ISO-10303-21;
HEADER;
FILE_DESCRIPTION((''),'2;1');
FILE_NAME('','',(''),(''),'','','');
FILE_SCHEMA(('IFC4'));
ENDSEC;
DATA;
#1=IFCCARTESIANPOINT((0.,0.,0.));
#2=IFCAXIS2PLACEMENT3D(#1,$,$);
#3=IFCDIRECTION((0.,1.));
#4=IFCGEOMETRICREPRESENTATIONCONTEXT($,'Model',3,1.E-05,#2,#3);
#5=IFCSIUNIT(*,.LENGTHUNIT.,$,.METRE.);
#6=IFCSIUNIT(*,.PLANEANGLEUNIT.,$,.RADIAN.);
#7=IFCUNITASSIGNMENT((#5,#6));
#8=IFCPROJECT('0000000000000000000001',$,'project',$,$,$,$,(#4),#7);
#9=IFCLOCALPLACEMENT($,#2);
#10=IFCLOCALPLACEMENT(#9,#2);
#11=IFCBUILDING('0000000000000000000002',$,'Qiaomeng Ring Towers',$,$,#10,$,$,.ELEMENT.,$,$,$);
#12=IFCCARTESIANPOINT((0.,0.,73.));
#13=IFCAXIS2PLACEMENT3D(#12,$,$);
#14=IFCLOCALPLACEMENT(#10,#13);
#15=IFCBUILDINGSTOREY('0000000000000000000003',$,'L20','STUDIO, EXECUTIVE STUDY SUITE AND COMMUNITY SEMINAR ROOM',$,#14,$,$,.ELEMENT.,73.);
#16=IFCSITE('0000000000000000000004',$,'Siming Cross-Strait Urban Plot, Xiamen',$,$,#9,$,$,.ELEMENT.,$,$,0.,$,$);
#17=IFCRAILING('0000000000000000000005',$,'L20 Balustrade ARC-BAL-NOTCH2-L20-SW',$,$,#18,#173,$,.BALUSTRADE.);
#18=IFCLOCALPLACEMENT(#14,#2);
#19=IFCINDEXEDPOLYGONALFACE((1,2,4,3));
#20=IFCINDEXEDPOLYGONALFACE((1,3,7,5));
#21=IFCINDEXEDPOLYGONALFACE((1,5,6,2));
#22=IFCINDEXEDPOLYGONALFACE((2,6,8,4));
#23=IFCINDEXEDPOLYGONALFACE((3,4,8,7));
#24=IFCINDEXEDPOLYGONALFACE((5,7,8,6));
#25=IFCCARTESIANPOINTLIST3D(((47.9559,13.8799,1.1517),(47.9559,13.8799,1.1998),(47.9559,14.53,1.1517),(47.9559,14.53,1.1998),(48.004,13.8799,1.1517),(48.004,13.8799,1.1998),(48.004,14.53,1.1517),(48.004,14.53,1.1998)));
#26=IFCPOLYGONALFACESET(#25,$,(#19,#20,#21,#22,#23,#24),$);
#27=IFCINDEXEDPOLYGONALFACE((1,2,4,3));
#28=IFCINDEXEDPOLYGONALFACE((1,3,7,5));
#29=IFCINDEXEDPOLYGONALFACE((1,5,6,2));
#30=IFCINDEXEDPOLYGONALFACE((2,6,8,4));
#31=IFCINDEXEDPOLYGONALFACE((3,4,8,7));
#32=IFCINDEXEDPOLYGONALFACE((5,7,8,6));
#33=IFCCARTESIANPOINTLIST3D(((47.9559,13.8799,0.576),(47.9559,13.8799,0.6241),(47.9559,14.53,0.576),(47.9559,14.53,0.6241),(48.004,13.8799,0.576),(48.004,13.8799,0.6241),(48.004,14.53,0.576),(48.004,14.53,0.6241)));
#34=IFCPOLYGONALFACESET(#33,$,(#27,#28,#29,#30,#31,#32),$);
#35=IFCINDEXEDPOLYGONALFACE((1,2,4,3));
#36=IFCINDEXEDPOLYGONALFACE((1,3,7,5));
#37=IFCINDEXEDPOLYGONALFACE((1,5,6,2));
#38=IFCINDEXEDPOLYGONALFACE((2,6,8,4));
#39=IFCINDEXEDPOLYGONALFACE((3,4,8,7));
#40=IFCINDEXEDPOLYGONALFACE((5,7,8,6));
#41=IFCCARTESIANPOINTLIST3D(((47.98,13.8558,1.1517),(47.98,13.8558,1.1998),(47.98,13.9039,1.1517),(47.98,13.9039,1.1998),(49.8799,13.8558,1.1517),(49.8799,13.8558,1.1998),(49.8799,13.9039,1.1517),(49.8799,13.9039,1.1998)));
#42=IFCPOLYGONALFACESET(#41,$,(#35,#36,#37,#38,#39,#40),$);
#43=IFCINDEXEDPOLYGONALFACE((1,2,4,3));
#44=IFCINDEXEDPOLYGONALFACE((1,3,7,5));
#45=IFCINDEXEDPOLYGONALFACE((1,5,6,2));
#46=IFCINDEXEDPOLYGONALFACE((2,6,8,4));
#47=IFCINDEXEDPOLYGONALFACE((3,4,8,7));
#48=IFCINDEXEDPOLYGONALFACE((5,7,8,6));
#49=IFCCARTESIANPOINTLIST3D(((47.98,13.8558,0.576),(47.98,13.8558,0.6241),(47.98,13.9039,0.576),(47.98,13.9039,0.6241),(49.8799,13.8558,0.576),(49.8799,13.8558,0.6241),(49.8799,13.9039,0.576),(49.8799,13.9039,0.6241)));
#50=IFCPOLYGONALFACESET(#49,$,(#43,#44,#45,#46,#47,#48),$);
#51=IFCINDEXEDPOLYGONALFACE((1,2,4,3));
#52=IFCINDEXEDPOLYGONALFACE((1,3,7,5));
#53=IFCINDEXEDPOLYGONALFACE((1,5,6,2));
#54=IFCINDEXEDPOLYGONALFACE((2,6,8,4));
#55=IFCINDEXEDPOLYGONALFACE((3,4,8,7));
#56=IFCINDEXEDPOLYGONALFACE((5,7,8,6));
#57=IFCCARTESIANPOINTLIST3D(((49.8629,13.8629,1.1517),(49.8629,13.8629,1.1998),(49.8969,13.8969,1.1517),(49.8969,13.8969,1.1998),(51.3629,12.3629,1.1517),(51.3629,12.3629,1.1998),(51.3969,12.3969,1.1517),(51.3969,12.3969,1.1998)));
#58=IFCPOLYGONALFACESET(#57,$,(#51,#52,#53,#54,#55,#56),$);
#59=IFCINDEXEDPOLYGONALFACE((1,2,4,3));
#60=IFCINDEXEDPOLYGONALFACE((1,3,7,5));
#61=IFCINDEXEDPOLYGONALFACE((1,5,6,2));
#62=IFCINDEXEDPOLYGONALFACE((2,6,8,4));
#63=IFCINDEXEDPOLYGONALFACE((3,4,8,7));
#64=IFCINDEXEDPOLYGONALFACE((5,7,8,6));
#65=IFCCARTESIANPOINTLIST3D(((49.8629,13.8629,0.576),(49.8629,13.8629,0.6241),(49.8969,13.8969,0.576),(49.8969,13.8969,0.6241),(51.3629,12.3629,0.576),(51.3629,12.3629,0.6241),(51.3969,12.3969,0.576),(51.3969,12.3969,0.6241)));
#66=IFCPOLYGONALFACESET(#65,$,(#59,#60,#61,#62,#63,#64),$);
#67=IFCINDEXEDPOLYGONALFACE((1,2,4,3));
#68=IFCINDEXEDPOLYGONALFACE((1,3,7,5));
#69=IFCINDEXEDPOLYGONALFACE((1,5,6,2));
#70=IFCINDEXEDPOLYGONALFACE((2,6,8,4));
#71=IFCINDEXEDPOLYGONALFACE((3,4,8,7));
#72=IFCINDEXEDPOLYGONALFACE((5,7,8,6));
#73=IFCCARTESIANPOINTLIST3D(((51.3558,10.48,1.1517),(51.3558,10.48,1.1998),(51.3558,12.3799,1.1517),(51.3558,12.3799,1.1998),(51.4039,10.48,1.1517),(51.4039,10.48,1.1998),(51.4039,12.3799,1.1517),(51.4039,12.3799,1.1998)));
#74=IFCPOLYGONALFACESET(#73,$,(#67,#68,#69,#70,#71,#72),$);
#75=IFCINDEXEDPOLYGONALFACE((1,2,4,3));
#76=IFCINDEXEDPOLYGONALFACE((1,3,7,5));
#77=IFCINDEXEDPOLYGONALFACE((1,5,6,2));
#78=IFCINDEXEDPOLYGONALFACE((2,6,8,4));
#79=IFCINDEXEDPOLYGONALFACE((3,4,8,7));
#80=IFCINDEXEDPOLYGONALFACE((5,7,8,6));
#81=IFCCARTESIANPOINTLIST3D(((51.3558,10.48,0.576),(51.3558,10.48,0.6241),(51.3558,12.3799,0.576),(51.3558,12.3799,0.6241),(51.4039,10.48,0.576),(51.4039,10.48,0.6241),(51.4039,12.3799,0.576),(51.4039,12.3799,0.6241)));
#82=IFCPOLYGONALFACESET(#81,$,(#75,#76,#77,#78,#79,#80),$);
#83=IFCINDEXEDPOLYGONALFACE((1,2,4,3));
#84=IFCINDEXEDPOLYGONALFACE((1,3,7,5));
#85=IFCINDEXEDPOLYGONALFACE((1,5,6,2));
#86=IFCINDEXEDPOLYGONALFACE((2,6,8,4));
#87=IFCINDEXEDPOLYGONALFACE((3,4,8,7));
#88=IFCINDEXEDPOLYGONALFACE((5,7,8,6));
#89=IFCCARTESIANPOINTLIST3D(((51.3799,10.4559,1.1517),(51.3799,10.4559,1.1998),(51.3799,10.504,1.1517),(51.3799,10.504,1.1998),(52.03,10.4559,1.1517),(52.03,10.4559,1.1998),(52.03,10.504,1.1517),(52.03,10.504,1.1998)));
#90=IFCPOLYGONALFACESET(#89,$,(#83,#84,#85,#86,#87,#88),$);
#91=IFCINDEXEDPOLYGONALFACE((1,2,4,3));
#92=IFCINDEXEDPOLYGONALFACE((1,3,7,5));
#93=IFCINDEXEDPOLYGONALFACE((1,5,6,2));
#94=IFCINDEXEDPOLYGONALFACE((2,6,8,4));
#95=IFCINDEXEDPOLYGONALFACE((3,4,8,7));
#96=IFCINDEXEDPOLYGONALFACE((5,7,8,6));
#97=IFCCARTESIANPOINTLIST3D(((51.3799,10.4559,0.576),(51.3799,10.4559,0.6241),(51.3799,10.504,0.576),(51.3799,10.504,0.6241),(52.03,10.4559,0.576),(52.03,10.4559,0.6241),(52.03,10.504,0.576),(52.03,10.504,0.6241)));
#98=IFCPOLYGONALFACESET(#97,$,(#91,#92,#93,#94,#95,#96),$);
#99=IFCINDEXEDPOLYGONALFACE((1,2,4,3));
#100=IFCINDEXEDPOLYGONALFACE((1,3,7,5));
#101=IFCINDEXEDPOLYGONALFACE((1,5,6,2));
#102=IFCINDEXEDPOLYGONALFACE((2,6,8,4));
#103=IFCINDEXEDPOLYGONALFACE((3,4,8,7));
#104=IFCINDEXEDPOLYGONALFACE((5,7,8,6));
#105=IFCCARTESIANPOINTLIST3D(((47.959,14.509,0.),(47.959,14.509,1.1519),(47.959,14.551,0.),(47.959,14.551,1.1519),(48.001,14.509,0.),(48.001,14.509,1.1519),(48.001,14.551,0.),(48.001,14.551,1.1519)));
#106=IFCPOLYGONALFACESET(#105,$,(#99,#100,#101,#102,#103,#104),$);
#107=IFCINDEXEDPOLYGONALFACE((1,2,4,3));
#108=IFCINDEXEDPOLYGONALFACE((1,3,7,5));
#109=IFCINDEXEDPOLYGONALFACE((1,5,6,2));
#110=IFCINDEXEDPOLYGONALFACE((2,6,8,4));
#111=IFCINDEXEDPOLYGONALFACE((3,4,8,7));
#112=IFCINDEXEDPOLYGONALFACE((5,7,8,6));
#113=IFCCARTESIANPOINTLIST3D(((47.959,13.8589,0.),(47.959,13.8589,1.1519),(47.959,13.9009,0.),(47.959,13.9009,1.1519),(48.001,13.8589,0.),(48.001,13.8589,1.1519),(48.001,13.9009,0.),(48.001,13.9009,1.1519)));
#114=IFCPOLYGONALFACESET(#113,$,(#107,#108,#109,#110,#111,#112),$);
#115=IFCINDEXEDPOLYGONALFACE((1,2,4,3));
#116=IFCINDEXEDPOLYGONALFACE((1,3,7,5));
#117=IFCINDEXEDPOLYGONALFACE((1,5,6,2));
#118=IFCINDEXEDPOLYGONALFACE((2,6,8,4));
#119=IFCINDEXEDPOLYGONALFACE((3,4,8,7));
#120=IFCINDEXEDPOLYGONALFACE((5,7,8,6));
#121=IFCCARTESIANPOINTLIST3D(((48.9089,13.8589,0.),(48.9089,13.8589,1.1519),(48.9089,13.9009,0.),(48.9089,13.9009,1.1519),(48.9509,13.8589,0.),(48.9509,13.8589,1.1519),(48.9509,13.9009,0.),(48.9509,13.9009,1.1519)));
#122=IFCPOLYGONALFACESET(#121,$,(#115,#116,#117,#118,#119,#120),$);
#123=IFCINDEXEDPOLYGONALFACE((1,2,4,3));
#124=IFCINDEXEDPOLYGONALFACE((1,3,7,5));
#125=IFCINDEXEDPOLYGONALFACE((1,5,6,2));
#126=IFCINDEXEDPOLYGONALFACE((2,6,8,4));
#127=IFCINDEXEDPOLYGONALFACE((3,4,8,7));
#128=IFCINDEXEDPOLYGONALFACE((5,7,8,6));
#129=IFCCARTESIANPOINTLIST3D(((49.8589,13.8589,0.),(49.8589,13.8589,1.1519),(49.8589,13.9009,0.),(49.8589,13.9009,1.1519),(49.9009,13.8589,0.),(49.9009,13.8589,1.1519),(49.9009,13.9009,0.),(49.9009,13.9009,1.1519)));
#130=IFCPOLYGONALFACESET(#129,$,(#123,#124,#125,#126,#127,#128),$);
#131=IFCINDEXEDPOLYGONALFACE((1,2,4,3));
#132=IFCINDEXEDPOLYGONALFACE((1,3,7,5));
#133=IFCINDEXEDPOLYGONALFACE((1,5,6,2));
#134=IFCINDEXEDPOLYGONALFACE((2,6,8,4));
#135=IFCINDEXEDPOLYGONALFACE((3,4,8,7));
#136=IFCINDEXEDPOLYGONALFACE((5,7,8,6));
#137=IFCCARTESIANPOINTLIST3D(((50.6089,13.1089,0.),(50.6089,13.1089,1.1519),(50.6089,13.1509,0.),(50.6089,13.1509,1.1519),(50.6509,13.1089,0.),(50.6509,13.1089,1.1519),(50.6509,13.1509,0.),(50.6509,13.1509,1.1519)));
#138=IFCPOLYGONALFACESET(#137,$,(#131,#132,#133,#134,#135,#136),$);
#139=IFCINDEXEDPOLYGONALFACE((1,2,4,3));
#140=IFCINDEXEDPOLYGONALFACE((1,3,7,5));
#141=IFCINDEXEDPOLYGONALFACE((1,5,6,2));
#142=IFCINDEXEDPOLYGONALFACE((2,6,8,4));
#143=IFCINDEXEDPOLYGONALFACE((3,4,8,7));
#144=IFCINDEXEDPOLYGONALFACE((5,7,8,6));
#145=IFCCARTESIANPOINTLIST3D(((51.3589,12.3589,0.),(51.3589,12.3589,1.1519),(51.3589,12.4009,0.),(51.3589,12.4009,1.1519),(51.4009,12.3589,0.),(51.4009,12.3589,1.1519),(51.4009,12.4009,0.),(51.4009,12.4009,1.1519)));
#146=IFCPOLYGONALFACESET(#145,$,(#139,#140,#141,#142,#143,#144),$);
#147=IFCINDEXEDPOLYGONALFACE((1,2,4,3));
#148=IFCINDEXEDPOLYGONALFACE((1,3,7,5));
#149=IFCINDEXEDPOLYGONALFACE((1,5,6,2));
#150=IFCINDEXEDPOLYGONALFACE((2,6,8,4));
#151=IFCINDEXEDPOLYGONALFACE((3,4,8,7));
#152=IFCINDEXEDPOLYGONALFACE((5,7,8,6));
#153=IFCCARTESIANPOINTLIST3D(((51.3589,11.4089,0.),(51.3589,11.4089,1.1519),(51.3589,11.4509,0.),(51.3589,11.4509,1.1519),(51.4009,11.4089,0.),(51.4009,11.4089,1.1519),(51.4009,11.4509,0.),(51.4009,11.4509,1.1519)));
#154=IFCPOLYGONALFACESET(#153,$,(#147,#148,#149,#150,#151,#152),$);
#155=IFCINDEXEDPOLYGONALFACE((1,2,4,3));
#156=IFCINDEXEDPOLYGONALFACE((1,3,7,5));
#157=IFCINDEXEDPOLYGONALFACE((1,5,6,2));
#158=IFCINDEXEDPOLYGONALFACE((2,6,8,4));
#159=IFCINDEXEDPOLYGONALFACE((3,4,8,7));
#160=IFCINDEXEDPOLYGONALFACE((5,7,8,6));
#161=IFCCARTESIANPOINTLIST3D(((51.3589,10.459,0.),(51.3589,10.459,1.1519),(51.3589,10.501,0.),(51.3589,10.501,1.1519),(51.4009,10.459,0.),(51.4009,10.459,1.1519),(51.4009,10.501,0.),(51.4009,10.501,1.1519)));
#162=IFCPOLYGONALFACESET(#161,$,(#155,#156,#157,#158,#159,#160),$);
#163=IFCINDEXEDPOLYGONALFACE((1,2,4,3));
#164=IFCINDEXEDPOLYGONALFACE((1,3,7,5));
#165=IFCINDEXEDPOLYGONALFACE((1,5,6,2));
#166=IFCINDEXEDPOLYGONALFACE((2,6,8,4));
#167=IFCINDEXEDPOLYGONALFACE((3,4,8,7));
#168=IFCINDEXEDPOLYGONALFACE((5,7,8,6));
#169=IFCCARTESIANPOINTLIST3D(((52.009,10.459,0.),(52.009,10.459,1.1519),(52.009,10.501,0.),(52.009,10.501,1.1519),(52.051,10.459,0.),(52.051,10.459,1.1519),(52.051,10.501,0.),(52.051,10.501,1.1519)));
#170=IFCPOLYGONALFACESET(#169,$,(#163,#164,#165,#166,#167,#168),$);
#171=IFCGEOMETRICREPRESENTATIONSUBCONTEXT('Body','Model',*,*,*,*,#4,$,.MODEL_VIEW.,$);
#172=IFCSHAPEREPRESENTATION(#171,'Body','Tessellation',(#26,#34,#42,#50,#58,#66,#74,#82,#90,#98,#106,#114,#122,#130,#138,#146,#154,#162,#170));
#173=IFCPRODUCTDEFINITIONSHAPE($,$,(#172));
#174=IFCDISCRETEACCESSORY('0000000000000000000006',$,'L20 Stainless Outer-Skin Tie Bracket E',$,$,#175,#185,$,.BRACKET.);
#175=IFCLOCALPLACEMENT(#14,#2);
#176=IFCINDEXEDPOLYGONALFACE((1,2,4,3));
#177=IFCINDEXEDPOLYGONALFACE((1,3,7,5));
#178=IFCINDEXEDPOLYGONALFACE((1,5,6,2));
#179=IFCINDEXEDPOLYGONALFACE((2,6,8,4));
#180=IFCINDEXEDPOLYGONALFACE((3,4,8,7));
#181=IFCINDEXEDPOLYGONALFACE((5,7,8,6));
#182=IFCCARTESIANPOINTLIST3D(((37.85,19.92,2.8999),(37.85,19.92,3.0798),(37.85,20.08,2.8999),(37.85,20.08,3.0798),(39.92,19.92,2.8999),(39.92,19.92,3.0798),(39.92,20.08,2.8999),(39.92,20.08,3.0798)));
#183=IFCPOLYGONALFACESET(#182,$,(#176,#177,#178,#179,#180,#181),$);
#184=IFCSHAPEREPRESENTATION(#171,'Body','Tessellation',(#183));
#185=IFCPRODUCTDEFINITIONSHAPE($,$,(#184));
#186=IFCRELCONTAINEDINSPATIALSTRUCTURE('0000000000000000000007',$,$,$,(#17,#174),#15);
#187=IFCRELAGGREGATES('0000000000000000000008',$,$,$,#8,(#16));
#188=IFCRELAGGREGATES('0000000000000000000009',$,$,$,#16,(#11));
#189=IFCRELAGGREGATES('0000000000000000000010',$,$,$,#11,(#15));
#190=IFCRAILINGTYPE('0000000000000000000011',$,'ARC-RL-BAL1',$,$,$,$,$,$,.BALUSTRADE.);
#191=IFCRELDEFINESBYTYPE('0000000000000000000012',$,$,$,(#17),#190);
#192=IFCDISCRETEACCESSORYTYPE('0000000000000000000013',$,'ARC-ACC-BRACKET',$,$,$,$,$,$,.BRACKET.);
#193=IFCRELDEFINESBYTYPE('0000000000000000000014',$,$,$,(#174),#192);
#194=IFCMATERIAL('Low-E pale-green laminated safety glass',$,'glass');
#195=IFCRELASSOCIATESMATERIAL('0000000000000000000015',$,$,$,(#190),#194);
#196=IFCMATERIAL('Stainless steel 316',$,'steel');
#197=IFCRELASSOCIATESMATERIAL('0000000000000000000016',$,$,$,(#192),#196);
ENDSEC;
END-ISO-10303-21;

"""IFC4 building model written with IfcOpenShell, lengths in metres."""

from ifc_helpers import new_model, si_unit, direction, frame, origin, origin_2d, place, context, subcontext, project, spatial, rectangle, extrude, source, transform, mapped, material, type_object, element, save


model = new_model("IFC4")

# Units and contexts
model_context = context("Model", 3, precision=1e-05, world=origin(), true_north=direction((0.0, 1.0)))
body_context = subcontext(model_context, "Body", "Model", "MODEL_VIEW")
ifc_project = project(units=[si_unit("LENGTHUNIT", "METRE"), si_unit("PLANEANGLEUNIT", "RADIAN")], contexts=[model_context])

# Site, building, storey
site_placement = place(None, origin())
site = spatial("IfcSite", under=ifc_project, at=site_placement, Name="Siming Cross-Strait Urban Plot, Xiamen", CompositionType="ELEMENT", RefElevation=0.0)
building_placement = place(site_placement, origin())
building = spatial("IfcBuilding", under=site, at=building_placement, Name="Qiaomeng Ring Towers", CompositionType="ELEMENT")
storey_placement = place(building_placement, frame((0.0, 0.0, 73.0)))
storey = spatial("IfcBuildingStorey", under=building, at=storey_placement, Name="L20", Description="STUDIO, EXECUTIVE STUDY SUITE AND COMMUNITY SEMINAR ROOM", CompositionType="ELEMENT", Elevation=73.0)

# Shared definitions
ifc_material_1 = material(Name="Stainless steel 316", Category="steel")

# Railing
ifc_material_2 = material(Name="Low-E pale-green laminated safety glass", Category="glass")
railing_type = type_object("IfcRailingType", Name="ARC-RL-BAL1", PredefinedType="BALUSTRADE", material=ifc_material_2)
railing_1_placement = place(storey_placement, frame((47.98, 14.53, 0.0)))
element("IfcRailing", 1, at=railing_1_placement, inside=storey, type_object=railing_type, Name="L20 Balustrade ARC-BAL-NOTCH2-L20-SW", PredefinedType="BALUSTRADE", context=body_context, shape_type="SweptSolid", body=[
    extrude(rectangle(XDim=0.0481, YDim=0.0481, at=origin_2d()), frame((0.0, 0.0, 1.1758), z_axis=(0.0, -1.0, 0.0), x_axis=(1.0, 0.0, 0.0)), (0.0, 0.0, 1.0), 0.6501),
    extrude(rectangle(XDim=0.0481, YDim=0.0481, at=origin_2d()), frame((0.0, 0.0, 0.6001), z_axis=(0.0, -1.0, 0.0), x_axis=(1.0, 0.0, 0.0)), (0.0, 0.0, 1.0), 0.6501),
    extrude(rectangle(XDim=0.0481, YDim=0.0481, at=origin_2d()), frame((0.0, -0.6501, 1.1758), z_axis=(1.0, 0.0, 0.0), x_axis=(0.0, 1.0, 0.0)), (0.0, 0.0, 1.0), 1.8999),
    extrude(rectangle(XDim=0.0481, YDim=0.0481, at=origin_2d()), frame((0.0, -0.6501, 0.6001), z_axis=(1.0, 0.0, 0.0), x_axis=(0.0, 1.0, 0.0)), (0.0, 0.0, 1.0), 1.8999),
    extrude(rectangle(XDim=0.0481, YDim=0.0481, at=origin_2d()), frame((1.8999, -0.6501, 1.1758), z_axis=(0.707107, -0.707107, 0.0), x_axis=(0.707107, 0.707107, 0.0)), (0.0, 0.0, 1.0), 2.1213),
    extrude(rectangle(XDim=0.0481, YDim=0.0481, at=origin_2d()), frame((1.8999, -0.6501, 0.6001), z_axis=(0.707107, -0.707107, 0.0), x_axis=(0.707107, 0.707107, 0.0)), (0.0, 0.0, 1.0), 2.1213),
    extrude(rectangle(XDim=0.0481, YDim=0.0481, at=origin_2d()), frame((3.3999, -2.1501, 1.1758), z_axis=(0.0, -1.0, 0.0), x_axis=(1.0, 0.0, 0.0)), (0.0, 0.0, 1.0), 1.8999),
    extrude(rectangle(XDim=0.0481, YDim=0.0481, at=origin_2d()), frame((3.3999, -2.1501, 0.6001), z_axis=(0.0, -1.0, 0.0), x_axis=(1.0, 0.0, 0.0)), (0.0, 0.0, 1.0), 1.8999),
    extrude(rectangle(XDim=0.0481, YDim=0.0481, at=origin_2d()), frame((3.3999, -4.05, 1.1758), z_axis=(1.0, 0.0, 0.0), x_axis=(0.0, 1.0, 0.0)), (0.0, 0.0, 1.0), 0.6501),
    extrude(rectangle(XDim=0.0481, YDim=0.0481, at=origin_2d()), frame((3.3999, -4.05, 0.6001), z_axis=(1.0, 0.0, 0.0), x_axis=(0.0, 1.0, 0.0)), (0.0, 0.0, 1.0), 0.6501),
    extrude(rectangle(XDim=0.042, YDim=0.042, at=origin_2d()), origin(), (0.0, 0.0, 1.0), 1.1519),
    extrude(rectangle(XDim=0.042, YDim=0.042, at=origin_2d()), frame((0.0, -0.6501, 0.0)), (0.0, 0.0, 1.0), 1.1519),
    extrude(rectangle(XDim=0.042, YDim=0.042, at=origin_2d()), frame((0.95, -0.6501, 0.0)), (0.0, 0.0, 1.0), 1.1519),
    extrude(rectangle(XDim=0.042, YDim=0.042, at=origin_2d()), frame((1.8999, -0.6501, 0.0)), (0.0, 0.0, 1.0), 1.1519),
    extrude(rectangle(XDim=0.042, YDim=0.042, at=origin_2d()), frame((2.6499, -1.4001, 0.0)), (0.0, 0.0, 1.0), 1.1519),
    extrude(rectangle(XDim=0.042, YDim=0.042, at=origin_2d()), frame((3.3999, -2.1501, 0.0)), (0.0, 0.0, 1.0), 1.1519),
    extrude(rectangle(XDim=0.042, YDim=0.042, at=origin_2d()), frame((3.3999, -3.1001, 0.0)), (0.0, 0.0, 1.0), 1.1519),
    extrude(rectangle(XDim=0.042, YDim=0.042, at=origin_2d()), frame((3.3999, -4.05, 0.0)), (0.0, 0.0, 1.0), 1.1519),
    extrude(rectangle(XDim=0.042, YDim=0.042, at=origin_2d()), frame((4.05, -4.05, 0.0)), (0.0, 0.0, 1.0), 1.1519),
])

# Discrete accessory
discrete_accessory_type = type_object("IfcDiscreteAccessoryType", Name="ARC-ACC-BRACKET", PredefinedType="BRACKET", material=ifc_material_1)
shared_shape_1 = source(origin(), body_context, "Body", "SweptSolid", [
    extrude(rectangle(XDim=2.0701, YDim=0.1599, at=origin_2d()), origin(), (0.0, 0.0, 1.0), 0.1799),
])
discrete_accessory_placement = place(storey_placement, frame((38.885, 20.0, 2.8999), z_axis=(0.0, 0.0, 1.0), x_axis=(1.0, 0.0, 0.0)))
element("IfcDiscreteAccessory", 2, at=discrete_accessory_placement, inside=storey, type_object=discrete_accessory_type, Name="L20 Stainless Outer-Skin Tie Bracket E", PredefinedType="BRACKET", context=body_context, shape_type="MappedRepresentation", body=[
    mapped(shared_shape_1, transform((0.0, 0.0, 0.0), x_axis=(1.0, 0.0, 0.0), y_axis=(0.0, 1.0, 0.0), z_axis=(0.0, 0.0, 1.0), scale=1.0)),
])

save(model, "model.ifc")
